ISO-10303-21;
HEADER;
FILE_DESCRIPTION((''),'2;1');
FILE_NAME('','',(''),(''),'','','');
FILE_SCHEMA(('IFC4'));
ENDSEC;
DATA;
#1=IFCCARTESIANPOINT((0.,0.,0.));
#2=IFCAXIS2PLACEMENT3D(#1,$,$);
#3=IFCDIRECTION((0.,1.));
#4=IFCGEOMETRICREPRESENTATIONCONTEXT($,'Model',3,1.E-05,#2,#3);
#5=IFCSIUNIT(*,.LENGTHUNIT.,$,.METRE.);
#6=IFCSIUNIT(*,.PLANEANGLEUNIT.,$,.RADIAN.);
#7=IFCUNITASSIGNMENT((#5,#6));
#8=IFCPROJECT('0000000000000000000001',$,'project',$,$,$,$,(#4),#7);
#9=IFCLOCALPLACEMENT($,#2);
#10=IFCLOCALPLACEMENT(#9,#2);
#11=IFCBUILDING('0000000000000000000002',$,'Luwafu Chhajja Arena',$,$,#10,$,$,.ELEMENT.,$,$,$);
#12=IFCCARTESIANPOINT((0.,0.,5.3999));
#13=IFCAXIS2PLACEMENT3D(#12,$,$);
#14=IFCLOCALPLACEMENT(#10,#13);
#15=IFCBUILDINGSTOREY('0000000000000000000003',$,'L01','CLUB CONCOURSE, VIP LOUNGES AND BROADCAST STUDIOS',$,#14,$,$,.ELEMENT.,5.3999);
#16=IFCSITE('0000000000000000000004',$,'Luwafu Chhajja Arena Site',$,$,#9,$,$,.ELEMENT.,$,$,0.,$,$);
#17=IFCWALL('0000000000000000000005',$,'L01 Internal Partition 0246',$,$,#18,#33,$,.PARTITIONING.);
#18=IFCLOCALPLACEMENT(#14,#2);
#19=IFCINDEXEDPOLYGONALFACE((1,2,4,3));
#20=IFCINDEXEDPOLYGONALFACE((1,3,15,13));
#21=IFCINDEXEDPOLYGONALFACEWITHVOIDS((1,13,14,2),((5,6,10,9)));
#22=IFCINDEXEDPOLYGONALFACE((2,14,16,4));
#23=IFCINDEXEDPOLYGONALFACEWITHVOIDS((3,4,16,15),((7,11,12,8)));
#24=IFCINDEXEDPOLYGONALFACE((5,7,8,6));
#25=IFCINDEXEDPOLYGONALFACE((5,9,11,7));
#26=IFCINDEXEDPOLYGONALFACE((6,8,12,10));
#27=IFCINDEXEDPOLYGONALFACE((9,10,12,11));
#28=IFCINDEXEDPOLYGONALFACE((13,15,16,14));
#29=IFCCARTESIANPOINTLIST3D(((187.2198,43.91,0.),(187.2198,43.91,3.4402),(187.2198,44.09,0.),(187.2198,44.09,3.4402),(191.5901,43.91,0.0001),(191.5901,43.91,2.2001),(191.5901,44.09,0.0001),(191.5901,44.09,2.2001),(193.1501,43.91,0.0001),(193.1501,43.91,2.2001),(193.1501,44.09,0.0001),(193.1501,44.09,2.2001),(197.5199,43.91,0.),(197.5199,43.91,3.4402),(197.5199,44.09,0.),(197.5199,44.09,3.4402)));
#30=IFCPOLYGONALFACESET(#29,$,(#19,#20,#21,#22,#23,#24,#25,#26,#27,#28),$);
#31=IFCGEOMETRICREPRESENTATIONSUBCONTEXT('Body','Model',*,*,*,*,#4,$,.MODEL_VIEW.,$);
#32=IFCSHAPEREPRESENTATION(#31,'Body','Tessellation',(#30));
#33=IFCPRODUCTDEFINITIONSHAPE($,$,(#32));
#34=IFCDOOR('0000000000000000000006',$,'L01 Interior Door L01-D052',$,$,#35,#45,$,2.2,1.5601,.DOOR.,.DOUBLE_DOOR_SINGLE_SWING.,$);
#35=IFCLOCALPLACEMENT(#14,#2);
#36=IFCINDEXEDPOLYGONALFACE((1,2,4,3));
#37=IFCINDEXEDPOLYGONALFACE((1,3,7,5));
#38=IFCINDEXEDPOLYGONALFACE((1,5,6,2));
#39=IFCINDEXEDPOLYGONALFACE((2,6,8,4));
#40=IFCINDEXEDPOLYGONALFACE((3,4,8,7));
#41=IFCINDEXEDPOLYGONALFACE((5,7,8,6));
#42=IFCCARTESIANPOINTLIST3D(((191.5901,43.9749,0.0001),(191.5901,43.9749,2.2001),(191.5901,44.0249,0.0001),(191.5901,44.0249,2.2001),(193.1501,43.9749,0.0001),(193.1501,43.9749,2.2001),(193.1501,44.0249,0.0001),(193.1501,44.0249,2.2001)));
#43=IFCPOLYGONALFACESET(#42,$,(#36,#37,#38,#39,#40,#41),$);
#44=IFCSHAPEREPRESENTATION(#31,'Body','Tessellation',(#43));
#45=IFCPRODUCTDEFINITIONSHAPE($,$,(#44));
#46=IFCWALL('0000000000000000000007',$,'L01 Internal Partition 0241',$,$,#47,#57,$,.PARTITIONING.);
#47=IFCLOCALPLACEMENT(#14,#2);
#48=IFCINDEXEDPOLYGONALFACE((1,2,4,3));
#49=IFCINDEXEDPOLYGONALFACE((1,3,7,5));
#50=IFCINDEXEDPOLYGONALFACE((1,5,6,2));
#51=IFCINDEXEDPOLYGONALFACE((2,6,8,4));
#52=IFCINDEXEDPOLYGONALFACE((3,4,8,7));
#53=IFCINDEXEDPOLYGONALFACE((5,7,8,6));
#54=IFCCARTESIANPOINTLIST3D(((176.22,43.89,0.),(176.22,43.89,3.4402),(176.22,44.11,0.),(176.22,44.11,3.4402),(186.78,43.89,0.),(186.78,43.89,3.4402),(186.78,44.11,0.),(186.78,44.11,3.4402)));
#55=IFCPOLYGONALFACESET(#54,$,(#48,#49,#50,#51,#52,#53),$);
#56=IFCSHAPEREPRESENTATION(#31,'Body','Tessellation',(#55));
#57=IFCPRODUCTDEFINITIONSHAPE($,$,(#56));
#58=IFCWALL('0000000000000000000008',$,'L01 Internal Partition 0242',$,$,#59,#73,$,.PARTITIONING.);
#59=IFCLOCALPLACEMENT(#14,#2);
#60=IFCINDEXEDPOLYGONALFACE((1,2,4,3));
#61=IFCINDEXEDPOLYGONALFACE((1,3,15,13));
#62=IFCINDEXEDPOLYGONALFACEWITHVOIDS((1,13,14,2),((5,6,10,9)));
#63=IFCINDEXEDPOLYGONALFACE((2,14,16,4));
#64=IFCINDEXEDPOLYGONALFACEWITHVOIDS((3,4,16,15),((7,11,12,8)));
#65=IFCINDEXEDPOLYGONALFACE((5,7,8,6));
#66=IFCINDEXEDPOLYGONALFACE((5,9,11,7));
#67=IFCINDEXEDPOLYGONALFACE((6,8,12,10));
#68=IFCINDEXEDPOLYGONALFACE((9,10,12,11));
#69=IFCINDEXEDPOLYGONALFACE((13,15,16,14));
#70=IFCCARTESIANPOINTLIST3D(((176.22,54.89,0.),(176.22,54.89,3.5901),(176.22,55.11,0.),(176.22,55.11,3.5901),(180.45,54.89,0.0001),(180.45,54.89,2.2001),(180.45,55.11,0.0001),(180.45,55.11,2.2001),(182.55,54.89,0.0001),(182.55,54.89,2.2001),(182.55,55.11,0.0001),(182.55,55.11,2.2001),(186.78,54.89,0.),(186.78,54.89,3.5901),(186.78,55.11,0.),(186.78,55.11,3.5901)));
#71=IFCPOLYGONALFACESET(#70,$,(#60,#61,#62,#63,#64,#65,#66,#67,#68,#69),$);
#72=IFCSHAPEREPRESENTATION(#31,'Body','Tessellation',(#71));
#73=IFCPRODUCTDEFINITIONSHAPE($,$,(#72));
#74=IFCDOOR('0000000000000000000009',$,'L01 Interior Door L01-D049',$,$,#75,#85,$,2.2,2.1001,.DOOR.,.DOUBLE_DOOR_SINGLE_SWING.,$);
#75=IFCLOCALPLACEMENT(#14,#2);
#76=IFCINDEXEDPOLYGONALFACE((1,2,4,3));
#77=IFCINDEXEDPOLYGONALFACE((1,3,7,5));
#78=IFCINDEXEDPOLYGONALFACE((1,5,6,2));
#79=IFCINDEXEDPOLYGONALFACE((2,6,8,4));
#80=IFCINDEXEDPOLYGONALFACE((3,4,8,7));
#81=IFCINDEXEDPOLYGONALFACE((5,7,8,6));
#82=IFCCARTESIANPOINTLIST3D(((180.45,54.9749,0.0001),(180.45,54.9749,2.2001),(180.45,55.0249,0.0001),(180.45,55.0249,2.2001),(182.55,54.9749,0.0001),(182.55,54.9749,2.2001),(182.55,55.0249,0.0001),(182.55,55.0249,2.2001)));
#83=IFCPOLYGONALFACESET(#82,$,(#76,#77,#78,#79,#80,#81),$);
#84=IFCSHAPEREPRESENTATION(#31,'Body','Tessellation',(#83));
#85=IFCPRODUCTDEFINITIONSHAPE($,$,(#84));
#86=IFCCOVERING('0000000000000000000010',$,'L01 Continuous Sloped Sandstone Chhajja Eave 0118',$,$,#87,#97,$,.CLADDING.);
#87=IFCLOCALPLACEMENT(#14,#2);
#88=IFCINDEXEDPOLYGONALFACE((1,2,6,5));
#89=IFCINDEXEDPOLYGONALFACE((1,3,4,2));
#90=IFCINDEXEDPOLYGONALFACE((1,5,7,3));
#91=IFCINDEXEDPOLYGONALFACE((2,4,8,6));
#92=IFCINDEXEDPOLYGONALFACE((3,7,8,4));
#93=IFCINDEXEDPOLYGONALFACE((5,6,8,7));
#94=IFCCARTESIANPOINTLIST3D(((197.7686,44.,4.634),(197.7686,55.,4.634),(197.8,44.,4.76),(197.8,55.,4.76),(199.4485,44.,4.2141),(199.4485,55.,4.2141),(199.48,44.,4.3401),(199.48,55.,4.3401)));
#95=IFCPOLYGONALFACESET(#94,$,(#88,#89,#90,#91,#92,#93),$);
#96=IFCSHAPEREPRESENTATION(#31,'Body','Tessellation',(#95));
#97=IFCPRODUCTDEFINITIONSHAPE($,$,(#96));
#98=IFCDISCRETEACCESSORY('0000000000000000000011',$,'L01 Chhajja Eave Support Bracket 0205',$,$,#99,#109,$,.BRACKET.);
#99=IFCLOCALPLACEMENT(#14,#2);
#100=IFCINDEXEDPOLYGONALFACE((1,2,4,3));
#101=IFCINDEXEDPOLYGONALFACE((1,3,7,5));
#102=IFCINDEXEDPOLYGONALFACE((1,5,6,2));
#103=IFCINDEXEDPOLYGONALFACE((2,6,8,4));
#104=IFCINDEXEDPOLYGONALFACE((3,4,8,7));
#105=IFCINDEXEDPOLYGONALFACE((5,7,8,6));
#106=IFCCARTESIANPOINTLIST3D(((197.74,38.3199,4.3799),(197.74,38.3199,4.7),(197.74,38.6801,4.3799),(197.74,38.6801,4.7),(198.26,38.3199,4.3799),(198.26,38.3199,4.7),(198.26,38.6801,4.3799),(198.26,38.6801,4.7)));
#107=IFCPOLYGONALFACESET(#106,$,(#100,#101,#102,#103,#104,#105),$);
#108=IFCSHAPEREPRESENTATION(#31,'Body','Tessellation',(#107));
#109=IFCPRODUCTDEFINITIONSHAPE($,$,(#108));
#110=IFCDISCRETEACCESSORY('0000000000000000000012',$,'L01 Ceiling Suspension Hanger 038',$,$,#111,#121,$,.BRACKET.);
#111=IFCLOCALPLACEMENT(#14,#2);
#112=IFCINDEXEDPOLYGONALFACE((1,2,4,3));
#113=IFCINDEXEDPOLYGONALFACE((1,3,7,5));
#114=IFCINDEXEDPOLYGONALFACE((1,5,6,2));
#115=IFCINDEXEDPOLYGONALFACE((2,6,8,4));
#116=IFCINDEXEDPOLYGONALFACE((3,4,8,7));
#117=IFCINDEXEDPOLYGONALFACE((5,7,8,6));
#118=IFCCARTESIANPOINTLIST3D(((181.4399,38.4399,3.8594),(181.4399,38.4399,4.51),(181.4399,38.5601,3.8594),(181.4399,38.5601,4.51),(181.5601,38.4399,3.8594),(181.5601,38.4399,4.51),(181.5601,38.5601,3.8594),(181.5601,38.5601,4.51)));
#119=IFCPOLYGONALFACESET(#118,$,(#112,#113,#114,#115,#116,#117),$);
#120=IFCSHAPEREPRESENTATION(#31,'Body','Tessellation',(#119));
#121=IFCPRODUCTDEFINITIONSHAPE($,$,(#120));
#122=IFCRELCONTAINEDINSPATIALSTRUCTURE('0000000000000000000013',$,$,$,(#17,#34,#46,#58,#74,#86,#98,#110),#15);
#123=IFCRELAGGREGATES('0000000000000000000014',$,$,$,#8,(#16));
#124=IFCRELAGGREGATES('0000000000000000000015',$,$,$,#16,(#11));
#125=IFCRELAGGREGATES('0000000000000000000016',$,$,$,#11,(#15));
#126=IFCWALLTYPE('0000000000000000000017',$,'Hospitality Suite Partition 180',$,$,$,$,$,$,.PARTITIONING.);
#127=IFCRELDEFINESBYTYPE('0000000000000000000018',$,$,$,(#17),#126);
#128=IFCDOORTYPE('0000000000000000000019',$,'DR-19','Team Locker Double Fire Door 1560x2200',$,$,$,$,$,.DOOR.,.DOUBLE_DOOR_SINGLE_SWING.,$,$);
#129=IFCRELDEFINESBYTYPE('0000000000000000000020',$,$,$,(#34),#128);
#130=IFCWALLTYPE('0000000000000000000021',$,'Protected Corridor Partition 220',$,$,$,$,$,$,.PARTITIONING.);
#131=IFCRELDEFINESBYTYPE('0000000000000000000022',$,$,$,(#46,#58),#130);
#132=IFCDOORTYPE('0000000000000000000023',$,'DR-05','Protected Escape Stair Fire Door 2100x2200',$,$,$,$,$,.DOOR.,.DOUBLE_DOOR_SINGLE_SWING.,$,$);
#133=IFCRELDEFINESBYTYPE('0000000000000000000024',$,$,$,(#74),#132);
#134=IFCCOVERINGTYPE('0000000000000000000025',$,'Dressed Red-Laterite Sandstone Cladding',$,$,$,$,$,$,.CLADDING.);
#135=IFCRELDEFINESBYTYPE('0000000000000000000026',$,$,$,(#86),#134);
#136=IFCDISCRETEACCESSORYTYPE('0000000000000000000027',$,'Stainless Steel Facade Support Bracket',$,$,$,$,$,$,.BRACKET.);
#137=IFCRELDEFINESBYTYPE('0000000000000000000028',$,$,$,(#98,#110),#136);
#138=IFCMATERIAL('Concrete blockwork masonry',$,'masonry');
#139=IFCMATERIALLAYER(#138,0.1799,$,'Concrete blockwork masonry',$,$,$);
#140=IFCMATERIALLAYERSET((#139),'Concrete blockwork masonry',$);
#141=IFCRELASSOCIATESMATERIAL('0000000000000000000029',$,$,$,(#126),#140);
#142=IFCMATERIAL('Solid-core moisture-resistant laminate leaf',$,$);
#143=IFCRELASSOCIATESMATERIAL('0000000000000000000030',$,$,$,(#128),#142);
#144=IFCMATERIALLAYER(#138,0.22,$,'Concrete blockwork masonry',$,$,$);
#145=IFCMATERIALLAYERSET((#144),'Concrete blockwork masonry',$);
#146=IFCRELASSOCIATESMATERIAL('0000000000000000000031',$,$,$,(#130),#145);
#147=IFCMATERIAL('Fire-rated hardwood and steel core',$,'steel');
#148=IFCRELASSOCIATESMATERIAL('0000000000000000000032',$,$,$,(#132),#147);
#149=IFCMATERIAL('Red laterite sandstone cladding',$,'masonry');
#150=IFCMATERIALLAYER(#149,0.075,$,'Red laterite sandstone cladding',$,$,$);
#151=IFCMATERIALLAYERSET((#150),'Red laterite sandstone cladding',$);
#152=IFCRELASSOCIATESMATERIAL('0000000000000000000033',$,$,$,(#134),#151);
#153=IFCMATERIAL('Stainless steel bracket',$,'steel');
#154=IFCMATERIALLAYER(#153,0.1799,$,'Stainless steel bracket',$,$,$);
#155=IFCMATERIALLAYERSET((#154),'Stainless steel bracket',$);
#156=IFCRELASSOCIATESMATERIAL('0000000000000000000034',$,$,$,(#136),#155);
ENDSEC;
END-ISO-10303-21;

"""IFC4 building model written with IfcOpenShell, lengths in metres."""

from ifc_helpers import new_model, si_unit, direction, frame, frame_2d, origin, origin_2d, place, context, subcontext, project, spatial, polyline, rectangle, outline, extrude, material, layer, layer_set, type_object, element, fill, save


model = new_model("IFC4")

# Units and contexts
model_context = context("Model", 3, precision=1e-05, world=origin(), true_north=direction((0.0, 1.0)))
body_context = subcontext(model_context, "Body", "Model", "MODEL_VIEW")
ifc_project = project(units=[si_unit("LENGTHUNIT", "METRE"), si_unit("PLANEANGLEUNIT", "RADIAN")], contexts=[model_context])

# Site, building, storey
site_placement = place(None, origin())
site = spatial("IfcSite", under=ifc_project, at=site_placement, Name="Luwafu Chhajja Arena Site", CompositionType="ELEMENT", RefElevation=0.0)
building_placement = place(site_placement, origin())
building = spatial("IfcBuilding", under=site, at=building_placement, Name="Luwafu Chhajja Arena", CompositionType="ELEMENT")
storey_placement = place(building_placement, frame((0.0, 0.0, 5.3999)))
storey = spatial("IfcBuildingStorey", under=building, at=storey_placement, Name="L01", Description="CLUB CONCOURSE, VIP LOUNGES AND BROADCAST STUDIOS", CompositionType="ELEMENT", Elevation=5.3999)

# Wall, opening, door
ifc_material_1 = material(Name="Concrete blockwork masonry", Category="masonry")
ifc_layer_1 = layer(ifc_material_1, 0.1799, Name="Concrete blockwork masonry")
ifc_layer_set_1 = layer_set([ifc_layer_1], Name="Concrete blockwork masonry")
wall_type_1 = type_object("IfcWallType", Name="Hospitality Suite Partition 180", PredefinedType="PARTITIONING", material=ifc_layer_set_1)
wall_1_placement = place(storey_placement, frame((187.22, 44.0, 0.0), z_axis=(0.0, 0.0, 1.0), x_axis=(1.0, 0.0, 0.0)))
wall_1 = element("IfcWall", 1, at=wall_1_placement, inside=storey, type_object=wall_type_1, Name="L01 Internal Partition 0246", PredefinedType="PARTITIONING", context=body_context, shape_type="SweptSolid", body=[
    extrude(rectangle(XDim=10.3, YDim=0.1799, at=frame_2d((5.1499, 0.0))), origin(), (0.0, 0.0, 1.0), 3.4402),
])
opening_1_placement = place(wall_1_placement, frame((4.3701, 0.0, 0.0)))
opening_1 = element("IfcOpeningElement", 2, at=opening_1_placement, cuts=wall_1, PredefinedType="OPENING", context=body_context, shape_type="SweptSolid", body=[
    extrude(rectangle(XDim=1.5601, YDim=2.2, at=frame_2d((0.78, 1.1001))), frame((0.0, 0.0999, 0.0), z_axis=(0.0, -1.0, 0.0), x_axis=(1.0, 0.0, 0.0)), (0.0, 0.0, 1.0), 0.2),
])
ifc_material_2 = material(Name="Solid-core moisture-resistant laminate leaf")
door_type_1 = type_object("IfcDoorType", Name="DR-19", Description="Team Locker Double Fire Door 1560x2200", OperationType="DOUBLE_DOOR_SINGLE_SWING", PredefinedType="DOOR", material=ifc_material_2)
door_1_placement = place(opening_1_placement, origin())
door_1 = element("IfcDoor", 3, at=door_1_placement, inside=storey, type_object=door_type_1, Name="L01 Interior Door L01-D052", OperationType="DOUBLE_DOOR_SINGLE_SWING", OverallHeight=2.2, OverallWidth=1.5601, PredefinedType="DOOR", context=body_context, shape_type="SweptSolid", body=[
    extrude(rectangle(XDim=1.5601, YDim=2.2, at=frame_2d((0.78, 1.1001))), frame((0.0, 0.0249, 0.0), z_axis=(0.0, -1.0, 0.0), x_axis=(1.0, 0.0, 0.0)), (0.0, 0.0, 1.0), 0.05),
])
fill(opening_1, door_1)

# Wall
ifc_layer_2 = layer(ifc_material_1, 0.22, Name="Concrete blockwork masonry")
ifc_layer_set_2 = layer_set([ifc_layer_2], Name="Concrete blockwork masonry")
wall_type_2 = type_object("IfcWallType", Name="Protected Corridor Partition 220", PredefinedType="PARTITIONING", material=ifc_layer_set_2)
wall_2_placement = place(storey_placement, frame((176.22, 44.0, 0.0), z_axis=(0.0, 0.0, 1.0), x_axis=(1.0, 0.0, 0.0)))
element("IfcWall", 4, at=wall_2_placement, inside=storey, type_object=wall_type_2, Name="L01 Internal Partition 0241", PredefinedType="PARTITIONING", context=body_context, shape_type="SweptSolid", body=[
    extrude(rectangle(XDim=10.5601, YDim=0.22, at=frame_2d((5.28, 0.0))), origin(), (0.0, 0.0, 1.0), 3.4402),
])

# Wall, opening, door
wall_3_placement = place(storey_placement, frame((176.22, 55.0, 0.0), z_axis=(0.0, 0.0, 1.0), x_axis=(1.0, 0.0, 0.0)))
wall_3 = element("IfcWall", 5, at=wall_3_placement, inside=storey, type_object=wall_type_2, Name="L01 Internal Partition 0242", PredefinedType="PARTITIONING", context=body_context, shape_type="SweptSolid", body=[
    extrude(rectangle(XDim=10.5601, YDim=0.22, at=frame_2d((5.28, 0.0))), origin(), (0.0, 0.0, 1.0), 3.5901),
])
opening_2_placement = place(wall_3_placement, frame((4.23, 0.0, 0.0)))
opening_2 = element("IfcOpeningElement", 6, at=opening_2_placement, cuts=wall_3, PredefinedType="OPENING", context=body_context, shape_type="SweptSolid", body=[
    extrude(rectangle(XDim=2.1001, YDim=2.2, at=frame_2d((1.05, 1.1001))), frame((0.0, 0.1199, 0.0), z_axis=(0.0, -1.0, 0.0), x_axis=(1.0, 0.0, 0.0)), (0.0, 0.0, 1.0), 0.24),
])
ifc_material_3 = material(Name="Fire-rated hardwood and steel core", Category="steel")
door_type_2 = type_object("IfcDoorType", Name="DR-05", Description="Protected Escape Stair Fire Door 2100x2200", OperationType="DOUBLE_DOOR_SINGLE_SWING", PredefinedType="DOOR", material=ifc_material_3)
door_2_placement = place(opening_2_placement, origin())
door_2 = element("IfcDoor", 7, at=door_2_placement, inside=storey, type_object=door_type_2, Name="L01 Interior Door L01-D049", OperationType="DOUBLE_DOOR_SINGLE_SWING", OverallHeight=2.2, OverallWidth=2.1001, PredefinedType="DOOR", context=body_context, shape_type="SweptSolid", body=[
    extrude(rectangle(XDim=2.1001, YDim=2.2, at=frame_2d((1.05, 1.1001))), frame((0.0, 0.0249, 0.0), z_axis=(0.0, -1.0, 0.0), x_axis=(1.0, 0.0, 0.0)), (0.0, 0.0, 1.0), 0.05),
])
fill(opening_2, door_2)

# Covering
ifc_material_4 = material(Name="Red laterite sandstone cladding", Category="masonry")
ifc_layer_3 = layer(ifc_material_4, 0.075, Name="Red laterite sandstone cladding")
ifc_layer_set_3 = layer_set([ifc_layer_3], Name="Red laterite sandstone cladding")
covering_type = type_object("IfcCoveringType", Name="Dressed Red-Laterite Sandstone Cladding", PredefinedType="CLADDING", material=ifc_layer_set_3)
covering_placement = place(storey_placement, frame((197.8, 44.0, 4.76), z_axis=(0.242502, 0.0, 0.970151), x_axis=(0.0, 1.0, 0.0)))
element("IfcCovering", 8, at=covering_placement, inside=storey, type_object=covering_type, Name="L01 Continuous Sloped Sandstone Chhajja Eave 0118", PredefinedType="CLADDING", context=body_context, shape_type="SweptSolid", body=[
    extrude(outline(polyline([(0.0, 0.0), (11.0, 0.0), (11.0, -1.7316), (0.0, -1.7316), (0.0, 0.0)])), origin(), (0.0, 0.0, -1.0), 0.1299),
])

# Discrete accessories
ifc_material_5 = material(Name="Stainless steel bracket", Category="steel")
ifc_layer_4 = layer(ifc_material_5, 0.1799, Name="Stainless steel bracket")
ifc_layer_set_4 = layer_set([ifc_layer_4], Name="Stainless steel bracket")
discrete_accessory_type = type_object("IfcDiscreteAccessoryType", Name="Stainless Steel Facade Support Bracket", PredefinedType="BRACKET", material=ifc_layer_set_4)
discrete_accessory_1_placement = place(storey_placement, frame((198.0, 38.5, 4.3799), z_axis=(0.0, 0.0, 1.0), x_axis=(0.0, 1.0, 0.0)))
element("IfcDiscreteAccessory", 9, at=discrete_accessory_1_placement, inside=storey, type_object=discrete_accessory_type, Name="L01 Chhajja Eave Support Bracket 0205", PredefinedType="BRACKET", context=body_context, shape_type="SweptSolid", body=[
    extrude(rectangle(XDim=0.3601, YDim=0.52, at=origin_2d()), origin(), (0.0, 0.0, 1.0), 0.3201),
])
discrete_accessory_2_placement = place(storey_placement, frame((181.5, 38.5, 3.8594), z_axis=(0.0, 0.0, 1.0), x_axis=(1.0, 0.0, 0.0)))
element("IfcDiscreteAccessory", 10, at=discrete_accessory_2_placement, inside=storey, type_object=discrete_accessory_type, Name="L01 Ceiling Suspension Hanger 038", PredefinedType="BRACKET", context=body_context, shape_type="SweptSolid", body=[
    extrude(rectangle(XDim=0.1201, YDim=0.1201, at=origin_2d()), origin(), (0.0, 0.0, 1.0), 0.6506),
])

save(model, "model.ifc")
